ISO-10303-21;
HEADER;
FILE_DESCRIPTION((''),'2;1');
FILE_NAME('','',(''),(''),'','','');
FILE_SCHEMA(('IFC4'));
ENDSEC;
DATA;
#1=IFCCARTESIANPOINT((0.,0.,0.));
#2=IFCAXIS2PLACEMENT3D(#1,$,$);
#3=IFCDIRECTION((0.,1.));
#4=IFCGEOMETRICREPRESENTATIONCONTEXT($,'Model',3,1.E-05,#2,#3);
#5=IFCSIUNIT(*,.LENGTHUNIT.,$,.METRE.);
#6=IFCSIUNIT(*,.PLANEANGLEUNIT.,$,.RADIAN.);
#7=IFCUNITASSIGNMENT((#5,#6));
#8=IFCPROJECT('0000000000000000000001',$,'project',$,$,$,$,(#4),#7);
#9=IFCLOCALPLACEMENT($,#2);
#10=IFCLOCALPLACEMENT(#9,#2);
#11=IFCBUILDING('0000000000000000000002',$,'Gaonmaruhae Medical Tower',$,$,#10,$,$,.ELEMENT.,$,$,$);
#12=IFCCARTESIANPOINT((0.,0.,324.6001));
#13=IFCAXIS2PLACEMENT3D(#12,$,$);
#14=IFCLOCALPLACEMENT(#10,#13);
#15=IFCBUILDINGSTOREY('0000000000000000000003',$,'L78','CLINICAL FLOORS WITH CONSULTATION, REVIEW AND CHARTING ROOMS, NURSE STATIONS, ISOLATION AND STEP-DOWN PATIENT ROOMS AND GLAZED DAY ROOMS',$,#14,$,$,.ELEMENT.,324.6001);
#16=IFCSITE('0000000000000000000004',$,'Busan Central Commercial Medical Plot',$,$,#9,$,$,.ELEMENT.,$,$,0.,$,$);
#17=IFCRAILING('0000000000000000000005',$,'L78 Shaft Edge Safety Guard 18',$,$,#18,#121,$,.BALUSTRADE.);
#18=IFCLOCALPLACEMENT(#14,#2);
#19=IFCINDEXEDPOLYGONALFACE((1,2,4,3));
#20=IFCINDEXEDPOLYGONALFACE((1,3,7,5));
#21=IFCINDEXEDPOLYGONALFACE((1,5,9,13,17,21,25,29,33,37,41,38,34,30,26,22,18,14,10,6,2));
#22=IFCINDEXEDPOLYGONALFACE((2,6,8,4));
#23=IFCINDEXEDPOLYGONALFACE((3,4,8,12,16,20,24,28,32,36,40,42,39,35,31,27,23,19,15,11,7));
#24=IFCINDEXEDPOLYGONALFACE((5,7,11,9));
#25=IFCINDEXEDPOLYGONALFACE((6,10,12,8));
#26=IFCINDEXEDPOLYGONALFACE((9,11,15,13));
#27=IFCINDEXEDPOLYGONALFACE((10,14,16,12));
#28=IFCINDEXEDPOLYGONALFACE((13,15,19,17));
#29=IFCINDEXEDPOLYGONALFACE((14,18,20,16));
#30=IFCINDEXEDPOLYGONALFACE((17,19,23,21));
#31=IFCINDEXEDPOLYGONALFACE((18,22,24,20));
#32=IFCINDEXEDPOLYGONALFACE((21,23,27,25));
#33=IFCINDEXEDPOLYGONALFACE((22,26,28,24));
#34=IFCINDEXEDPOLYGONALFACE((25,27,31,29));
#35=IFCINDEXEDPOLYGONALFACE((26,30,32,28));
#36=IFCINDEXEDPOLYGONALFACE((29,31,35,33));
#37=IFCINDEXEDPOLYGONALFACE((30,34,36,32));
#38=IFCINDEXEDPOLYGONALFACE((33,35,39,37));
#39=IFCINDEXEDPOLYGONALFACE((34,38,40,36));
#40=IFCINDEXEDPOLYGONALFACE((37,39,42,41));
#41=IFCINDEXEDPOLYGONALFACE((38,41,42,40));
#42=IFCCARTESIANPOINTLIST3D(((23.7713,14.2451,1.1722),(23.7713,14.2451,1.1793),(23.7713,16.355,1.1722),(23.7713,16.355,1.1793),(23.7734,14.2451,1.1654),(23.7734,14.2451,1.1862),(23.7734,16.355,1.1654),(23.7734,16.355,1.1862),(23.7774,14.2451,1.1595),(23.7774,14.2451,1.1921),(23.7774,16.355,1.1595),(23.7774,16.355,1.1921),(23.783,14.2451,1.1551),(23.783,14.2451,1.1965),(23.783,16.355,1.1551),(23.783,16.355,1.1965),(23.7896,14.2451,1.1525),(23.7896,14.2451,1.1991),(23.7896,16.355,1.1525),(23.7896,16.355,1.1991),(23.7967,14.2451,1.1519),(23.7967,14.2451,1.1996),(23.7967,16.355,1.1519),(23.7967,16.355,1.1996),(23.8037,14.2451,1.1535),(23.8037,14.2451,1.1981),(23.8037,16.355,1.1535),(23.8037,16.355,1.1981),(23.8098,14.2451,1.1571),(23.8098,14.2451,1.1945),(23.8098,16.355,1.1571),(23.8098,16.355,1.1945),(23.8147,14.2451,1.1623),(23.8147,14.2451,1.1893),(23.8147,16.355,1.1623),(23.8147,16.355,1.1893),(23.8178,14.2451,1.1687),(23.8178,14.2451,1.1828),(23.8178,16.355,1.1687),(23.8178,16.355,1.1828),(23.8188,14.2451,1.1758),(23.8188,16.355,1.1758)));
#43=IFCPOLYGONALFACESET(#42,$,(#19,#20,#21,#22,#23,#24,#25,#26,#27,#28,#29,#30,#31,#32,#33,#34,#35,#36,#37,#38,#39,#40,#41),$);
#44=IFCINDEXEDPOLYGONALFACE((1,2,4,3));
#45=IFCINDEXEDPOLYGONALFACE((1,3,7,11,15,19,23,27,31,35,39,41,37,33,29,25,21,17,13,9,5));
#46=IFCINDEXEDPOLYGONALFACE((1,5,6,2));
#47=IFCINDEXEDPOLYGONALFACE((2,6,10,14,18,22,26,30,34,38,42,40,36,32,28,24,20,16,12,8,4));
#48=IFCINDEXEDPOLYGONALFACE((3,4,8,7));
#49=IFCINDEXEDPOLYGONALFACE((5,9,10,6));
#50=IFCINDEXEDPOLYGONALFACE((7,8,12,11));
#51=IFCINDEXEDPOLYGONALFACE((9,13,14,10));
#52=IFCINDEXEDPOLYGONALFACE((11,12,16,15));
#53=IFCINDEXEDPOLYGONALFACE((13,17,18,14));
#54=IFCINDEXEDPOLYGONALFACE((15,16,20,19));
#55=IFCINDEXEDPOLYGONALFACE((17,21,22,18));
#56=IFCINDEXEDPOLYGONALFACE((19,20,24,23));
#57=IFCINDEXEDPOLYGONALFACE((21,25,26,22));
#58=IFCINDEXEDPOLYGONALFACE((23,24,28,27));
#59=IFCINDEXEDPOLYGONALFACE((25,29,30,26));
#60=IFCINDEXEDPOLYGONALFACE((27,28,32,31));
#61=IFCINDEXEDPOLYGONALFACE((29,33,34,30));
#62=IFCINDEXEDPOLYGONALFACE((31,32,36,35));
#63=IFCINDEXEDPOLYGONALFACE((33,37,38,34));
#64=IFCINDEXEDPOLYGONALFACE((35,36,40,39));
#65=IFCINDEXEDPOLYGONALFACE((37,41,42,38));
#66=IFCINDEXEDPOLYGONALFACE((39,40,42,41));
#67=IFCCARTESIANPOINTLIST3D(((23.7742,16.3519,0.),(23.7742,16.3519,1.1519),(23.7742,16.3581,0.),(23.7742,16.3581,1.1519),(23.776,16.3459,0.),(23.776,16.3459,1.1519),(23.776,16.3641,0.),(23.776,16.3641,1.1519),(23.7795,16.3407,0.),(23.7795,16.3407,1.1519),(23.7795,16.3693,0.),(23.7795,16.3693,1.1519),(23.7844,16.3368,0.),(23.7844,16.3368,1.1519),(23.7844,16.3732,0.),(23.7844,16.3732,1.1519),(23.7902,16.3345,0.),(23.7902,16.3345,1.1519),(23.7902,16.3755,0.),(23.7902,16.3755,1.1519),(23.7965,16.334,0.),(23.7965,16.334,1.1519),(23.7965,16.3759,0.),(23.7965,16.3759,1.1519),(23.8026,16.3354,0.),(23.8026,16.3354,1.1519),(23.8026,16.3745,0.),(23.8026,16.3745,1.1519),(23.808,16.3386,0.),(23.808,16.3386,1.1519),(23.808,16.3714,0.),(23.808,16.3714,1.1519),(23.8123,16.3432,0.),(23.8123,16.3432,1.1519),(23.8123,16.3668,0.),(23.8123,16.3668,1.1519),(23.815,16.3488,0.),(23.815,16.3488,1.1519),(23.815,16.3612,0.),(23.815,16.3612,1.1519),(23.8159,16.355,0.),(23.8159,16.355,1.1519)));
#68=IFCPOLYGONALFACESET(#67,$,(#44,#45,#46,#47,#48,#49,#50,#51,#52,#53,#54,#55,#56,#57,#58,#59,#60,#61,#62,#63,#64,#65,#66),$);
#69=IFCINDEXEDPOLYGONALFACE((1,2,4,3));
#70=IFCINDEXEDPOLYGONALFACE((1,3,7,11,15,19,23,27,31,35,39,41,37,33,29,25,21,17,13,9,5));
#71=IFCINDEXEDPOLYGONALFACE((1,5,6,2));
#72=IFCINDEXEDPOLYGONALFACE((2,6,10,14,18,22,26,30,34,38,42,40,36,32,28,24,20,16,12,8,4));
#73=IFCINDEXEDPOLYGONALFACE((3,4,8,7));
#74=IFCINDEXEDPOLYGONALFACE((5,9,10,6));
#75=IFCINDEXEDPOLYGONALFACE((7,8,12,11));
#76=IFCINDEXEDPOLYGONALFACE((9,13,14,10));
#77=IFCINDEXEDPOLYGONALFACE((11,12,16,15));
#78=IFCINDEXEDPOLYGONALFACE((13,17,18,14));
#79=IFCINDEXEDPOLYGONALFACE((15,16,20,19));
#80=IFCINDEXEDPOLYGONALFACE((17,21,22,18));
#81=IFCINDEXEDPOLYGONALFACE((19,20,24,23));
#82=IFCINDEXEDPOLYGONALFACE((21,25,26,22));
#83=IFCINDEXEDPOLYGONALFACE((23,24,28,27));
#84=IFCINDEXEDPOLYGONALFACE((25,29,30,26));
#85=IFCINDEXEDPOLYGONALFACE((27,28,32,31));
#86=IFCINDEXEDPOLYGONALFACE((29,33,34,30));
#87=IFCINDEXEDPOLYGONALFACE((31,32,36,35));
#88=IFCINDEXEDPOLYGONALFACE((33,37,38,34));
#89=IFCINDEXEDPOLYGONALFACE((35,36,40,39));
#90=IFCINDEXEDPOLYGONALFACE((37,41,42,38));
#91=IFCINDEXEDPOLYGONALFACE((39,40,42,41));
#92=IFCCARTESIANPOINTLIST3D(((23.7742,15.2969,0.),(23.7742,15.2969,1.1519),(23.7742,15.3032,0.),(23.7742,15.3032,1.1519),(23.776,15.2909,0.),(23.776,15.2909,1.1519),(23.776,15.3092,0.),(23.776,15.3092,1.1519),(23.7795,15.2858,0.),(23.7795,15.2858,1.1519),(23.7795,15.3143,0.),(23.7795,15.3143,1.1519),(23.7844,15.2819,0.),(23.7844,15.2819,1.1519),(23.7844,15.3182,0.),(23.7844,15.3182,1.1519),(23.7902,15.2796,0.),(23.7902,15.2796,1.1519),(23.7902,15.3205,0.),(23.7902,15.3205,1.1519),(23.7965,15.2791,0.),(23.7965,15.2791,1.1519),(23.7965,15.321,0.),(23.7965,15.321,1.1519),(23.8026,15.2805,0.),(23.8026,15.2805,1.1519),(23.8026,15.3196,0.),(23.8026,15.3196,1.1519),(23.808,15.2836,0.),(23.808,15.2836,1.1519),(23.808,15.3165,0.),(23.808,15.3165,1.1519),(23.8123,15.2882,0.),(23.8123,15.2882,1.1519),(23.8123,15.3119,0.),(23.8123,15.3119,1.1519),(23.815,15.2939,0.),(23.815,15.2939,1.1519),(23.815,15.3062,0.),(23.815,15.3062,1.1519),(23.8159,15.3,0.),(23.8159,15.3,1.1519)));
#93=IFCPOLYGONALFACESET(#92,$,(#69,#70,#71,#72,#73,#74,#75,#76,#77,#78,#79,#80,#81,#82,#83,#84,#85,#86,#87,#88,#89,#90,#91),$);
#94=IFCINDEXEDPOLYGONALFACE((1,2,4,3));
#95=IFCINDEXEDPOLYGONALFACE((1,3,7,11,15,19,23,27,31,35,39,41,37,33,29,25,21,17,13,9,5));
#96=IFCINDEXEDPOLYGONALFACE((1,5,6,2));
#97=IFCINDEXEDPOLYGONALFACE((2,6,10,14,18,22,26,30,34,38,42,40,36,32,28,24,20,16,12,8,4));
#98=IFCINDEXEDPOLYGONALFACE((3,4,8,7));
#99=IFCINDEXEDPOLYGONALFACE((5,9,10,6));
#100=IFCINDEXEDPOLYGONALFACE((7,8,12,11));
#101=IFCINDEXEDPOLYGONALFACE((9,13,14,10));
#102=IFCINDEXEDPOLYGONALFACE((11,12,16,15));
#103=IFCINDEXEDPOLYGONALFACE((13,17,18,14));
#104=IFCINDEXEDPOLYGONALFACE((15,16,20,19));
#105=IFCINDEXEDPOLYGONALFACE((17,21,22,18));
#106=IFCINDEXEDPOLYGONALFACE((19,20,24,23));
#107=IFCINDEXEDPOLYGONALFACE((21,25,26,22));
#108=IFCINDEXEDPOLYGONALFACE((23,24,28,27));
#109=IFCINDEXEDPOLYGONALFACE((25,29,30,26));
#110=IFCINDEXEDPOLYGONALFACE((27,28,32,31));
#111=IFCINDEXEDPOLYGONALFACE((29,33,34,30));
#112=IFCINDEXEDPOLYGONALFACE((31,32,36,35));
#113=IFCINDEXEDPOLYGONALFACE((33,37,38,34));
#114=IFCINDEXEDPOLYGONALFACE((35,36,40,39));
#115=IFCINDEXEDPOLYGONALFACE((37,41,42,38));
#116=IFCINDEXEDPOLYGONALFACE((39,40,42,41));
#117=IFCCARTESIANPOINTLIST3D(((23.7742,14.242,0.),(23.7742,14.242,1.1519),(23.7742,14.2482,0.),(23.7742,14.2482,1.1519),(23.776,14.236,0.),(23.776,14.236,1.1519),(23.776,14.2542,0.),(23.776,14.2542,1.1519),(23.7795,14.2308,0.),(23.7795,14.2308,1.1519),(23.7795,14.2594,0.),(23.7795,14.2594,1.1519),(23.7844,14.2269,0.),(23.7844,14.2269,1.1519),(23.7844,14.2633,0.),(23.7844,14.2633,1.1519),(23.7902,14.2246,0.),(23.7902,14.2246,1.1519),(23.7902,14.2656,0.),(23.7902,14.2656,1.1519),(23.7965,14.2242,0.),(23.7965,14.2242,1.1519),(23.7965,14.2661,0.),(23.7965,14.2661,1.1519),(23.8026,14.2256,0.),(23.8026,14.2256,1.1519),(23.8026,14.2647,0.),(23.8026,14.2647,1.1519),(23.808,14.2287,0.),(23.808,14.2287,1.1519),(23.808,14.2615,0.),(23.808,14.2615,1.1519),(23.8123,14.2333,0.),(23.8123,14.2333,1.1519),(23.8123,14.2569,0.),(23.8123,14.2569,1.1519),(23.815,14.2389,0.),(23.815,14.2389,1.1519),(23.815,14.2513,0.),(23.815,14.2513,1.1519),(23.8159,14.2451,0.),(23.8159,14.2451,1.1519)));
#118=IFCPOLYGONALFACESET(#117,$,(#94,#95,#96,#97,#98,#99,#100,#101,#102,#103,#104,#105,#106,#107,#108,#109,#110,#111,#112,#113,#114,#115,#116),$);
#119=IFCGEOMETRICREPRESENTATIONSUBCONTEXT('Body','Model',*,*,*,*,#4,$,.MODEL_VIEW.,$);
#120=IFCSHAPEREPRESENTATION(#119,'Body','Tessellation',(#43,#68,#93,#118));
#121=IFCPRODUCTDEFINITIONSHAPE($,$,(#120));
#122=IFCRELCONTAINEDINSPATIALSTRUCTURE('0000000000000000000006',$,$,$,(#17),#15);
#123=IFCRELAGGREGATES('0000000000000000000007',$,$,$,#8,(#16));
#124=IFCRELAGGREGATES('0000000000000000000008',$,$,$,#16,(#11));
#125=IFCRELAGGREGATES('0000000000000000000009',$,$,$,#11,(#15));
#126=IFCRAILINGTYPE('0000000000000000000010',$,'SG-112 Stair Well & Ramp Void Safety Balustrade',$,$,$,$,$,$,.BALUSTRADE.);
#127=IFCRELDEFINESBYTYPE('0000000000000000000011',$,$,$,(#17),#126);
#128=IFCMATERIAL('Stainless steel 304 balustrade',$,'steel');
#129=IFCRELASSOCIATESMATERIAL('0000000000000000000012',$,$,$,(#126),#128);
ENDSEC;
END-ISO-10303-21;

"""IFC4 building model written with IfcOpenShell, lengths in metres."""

from ifc_helpers import new_model, si_unit, direction, frame, origin, origin_2d, place, context, subcontext, project, spatial, circle, extrude, material, type_object, element, save


model = new_model("IFC4")

# Units and contexts
model_context = context("Model", 3, precision=1e-05, world=origin(), true_north=direction((0.0, 1.0)))
body_context = subcontext(model_context, "Body", "Model", "MODEL_VIEW")
ifc_project = project(units=[si_unit("LENGTHUNIT", "METRE"), si_unit("PLANEANGLEUNIT", "RADIAN")], contexts=[model_context])

# Site, building, storey
site_placement = place(None, origin())
site = spatial("IfcSite", under=ifc_project, at=site_placement, Name="Busan Central Commercial Medical Plot", CompositionType="ELEMENT", RefElevation=0.0)
building_placement = place(site_placement, origin())
building = spatial("IfcBuilding", under=site, at=building_placement, Name="Gaonmaruhae Medical Tower", CompositionType="ELEMENT")
storey_placement = place(building_placement, frame((0.0, 0.0, 324.6001)))
storey = spatial("IfcBuildingStorey", under=building, at=storey_placement, Name="L78", Description="CLINICAL FLOORS WITH CONSULTATION, REVIEW AND CHARTING ROOMS, NURSE STATIONS, ISOLATION AND STEP-DOWN PATIENT ROOMS AND GLAZED DAY ROOMS", CompositionType="ELEMENT", Elevation=324.6001)

# Railing
ifc_material_1 = material(Name="Stainless steel 304 balustrade", Category="steel")
railing_type = type_object("IfcRailingType", Name="SG-112 Stair Well & Ramp Void Safety Balustrade", PredefinedType="BALUSTRADE", material=ifc_material_1)
railing_placement = place(storey_placement, frame((23.7949, 16.355, 0.0)))
element("IfcRailing", 1, at=railing_placement, inside=storey, type_object=railing_type, Name="L78 Shaft Edge Safety Guard 18", PredefinedType="BALUSTRADE", context=body_context, shape_type="SweptSolid", body=[
    extrude(circle(Radius=0.0239, at=origin_2d()), frame((0.0, 0.0, 1.1758), z_axis=(0.0, -1.0, 0.0), x_axis=(1.0, 0.0, 0.0)), (0.0, 0.0, 1.0), 2.1099),
    extrude(circle(Radius=0.021, at=origin_2d()), origin(), (0.0, 0.0, 1.0), 1.1519),
    extrude(circle(Radius=0.021, at=origin_2d()), frame((0.0, -1.0549, 0.0)), (0.0, 0.0, 1.0), 1.1519),
    extrude(circle(Radius=0.021, at=origin_2d()), frame((0.0, -2.1099, 0.0)), (0.0, 0.0, 1.0), 1.1519),
])

save(model, "model.ifc")
